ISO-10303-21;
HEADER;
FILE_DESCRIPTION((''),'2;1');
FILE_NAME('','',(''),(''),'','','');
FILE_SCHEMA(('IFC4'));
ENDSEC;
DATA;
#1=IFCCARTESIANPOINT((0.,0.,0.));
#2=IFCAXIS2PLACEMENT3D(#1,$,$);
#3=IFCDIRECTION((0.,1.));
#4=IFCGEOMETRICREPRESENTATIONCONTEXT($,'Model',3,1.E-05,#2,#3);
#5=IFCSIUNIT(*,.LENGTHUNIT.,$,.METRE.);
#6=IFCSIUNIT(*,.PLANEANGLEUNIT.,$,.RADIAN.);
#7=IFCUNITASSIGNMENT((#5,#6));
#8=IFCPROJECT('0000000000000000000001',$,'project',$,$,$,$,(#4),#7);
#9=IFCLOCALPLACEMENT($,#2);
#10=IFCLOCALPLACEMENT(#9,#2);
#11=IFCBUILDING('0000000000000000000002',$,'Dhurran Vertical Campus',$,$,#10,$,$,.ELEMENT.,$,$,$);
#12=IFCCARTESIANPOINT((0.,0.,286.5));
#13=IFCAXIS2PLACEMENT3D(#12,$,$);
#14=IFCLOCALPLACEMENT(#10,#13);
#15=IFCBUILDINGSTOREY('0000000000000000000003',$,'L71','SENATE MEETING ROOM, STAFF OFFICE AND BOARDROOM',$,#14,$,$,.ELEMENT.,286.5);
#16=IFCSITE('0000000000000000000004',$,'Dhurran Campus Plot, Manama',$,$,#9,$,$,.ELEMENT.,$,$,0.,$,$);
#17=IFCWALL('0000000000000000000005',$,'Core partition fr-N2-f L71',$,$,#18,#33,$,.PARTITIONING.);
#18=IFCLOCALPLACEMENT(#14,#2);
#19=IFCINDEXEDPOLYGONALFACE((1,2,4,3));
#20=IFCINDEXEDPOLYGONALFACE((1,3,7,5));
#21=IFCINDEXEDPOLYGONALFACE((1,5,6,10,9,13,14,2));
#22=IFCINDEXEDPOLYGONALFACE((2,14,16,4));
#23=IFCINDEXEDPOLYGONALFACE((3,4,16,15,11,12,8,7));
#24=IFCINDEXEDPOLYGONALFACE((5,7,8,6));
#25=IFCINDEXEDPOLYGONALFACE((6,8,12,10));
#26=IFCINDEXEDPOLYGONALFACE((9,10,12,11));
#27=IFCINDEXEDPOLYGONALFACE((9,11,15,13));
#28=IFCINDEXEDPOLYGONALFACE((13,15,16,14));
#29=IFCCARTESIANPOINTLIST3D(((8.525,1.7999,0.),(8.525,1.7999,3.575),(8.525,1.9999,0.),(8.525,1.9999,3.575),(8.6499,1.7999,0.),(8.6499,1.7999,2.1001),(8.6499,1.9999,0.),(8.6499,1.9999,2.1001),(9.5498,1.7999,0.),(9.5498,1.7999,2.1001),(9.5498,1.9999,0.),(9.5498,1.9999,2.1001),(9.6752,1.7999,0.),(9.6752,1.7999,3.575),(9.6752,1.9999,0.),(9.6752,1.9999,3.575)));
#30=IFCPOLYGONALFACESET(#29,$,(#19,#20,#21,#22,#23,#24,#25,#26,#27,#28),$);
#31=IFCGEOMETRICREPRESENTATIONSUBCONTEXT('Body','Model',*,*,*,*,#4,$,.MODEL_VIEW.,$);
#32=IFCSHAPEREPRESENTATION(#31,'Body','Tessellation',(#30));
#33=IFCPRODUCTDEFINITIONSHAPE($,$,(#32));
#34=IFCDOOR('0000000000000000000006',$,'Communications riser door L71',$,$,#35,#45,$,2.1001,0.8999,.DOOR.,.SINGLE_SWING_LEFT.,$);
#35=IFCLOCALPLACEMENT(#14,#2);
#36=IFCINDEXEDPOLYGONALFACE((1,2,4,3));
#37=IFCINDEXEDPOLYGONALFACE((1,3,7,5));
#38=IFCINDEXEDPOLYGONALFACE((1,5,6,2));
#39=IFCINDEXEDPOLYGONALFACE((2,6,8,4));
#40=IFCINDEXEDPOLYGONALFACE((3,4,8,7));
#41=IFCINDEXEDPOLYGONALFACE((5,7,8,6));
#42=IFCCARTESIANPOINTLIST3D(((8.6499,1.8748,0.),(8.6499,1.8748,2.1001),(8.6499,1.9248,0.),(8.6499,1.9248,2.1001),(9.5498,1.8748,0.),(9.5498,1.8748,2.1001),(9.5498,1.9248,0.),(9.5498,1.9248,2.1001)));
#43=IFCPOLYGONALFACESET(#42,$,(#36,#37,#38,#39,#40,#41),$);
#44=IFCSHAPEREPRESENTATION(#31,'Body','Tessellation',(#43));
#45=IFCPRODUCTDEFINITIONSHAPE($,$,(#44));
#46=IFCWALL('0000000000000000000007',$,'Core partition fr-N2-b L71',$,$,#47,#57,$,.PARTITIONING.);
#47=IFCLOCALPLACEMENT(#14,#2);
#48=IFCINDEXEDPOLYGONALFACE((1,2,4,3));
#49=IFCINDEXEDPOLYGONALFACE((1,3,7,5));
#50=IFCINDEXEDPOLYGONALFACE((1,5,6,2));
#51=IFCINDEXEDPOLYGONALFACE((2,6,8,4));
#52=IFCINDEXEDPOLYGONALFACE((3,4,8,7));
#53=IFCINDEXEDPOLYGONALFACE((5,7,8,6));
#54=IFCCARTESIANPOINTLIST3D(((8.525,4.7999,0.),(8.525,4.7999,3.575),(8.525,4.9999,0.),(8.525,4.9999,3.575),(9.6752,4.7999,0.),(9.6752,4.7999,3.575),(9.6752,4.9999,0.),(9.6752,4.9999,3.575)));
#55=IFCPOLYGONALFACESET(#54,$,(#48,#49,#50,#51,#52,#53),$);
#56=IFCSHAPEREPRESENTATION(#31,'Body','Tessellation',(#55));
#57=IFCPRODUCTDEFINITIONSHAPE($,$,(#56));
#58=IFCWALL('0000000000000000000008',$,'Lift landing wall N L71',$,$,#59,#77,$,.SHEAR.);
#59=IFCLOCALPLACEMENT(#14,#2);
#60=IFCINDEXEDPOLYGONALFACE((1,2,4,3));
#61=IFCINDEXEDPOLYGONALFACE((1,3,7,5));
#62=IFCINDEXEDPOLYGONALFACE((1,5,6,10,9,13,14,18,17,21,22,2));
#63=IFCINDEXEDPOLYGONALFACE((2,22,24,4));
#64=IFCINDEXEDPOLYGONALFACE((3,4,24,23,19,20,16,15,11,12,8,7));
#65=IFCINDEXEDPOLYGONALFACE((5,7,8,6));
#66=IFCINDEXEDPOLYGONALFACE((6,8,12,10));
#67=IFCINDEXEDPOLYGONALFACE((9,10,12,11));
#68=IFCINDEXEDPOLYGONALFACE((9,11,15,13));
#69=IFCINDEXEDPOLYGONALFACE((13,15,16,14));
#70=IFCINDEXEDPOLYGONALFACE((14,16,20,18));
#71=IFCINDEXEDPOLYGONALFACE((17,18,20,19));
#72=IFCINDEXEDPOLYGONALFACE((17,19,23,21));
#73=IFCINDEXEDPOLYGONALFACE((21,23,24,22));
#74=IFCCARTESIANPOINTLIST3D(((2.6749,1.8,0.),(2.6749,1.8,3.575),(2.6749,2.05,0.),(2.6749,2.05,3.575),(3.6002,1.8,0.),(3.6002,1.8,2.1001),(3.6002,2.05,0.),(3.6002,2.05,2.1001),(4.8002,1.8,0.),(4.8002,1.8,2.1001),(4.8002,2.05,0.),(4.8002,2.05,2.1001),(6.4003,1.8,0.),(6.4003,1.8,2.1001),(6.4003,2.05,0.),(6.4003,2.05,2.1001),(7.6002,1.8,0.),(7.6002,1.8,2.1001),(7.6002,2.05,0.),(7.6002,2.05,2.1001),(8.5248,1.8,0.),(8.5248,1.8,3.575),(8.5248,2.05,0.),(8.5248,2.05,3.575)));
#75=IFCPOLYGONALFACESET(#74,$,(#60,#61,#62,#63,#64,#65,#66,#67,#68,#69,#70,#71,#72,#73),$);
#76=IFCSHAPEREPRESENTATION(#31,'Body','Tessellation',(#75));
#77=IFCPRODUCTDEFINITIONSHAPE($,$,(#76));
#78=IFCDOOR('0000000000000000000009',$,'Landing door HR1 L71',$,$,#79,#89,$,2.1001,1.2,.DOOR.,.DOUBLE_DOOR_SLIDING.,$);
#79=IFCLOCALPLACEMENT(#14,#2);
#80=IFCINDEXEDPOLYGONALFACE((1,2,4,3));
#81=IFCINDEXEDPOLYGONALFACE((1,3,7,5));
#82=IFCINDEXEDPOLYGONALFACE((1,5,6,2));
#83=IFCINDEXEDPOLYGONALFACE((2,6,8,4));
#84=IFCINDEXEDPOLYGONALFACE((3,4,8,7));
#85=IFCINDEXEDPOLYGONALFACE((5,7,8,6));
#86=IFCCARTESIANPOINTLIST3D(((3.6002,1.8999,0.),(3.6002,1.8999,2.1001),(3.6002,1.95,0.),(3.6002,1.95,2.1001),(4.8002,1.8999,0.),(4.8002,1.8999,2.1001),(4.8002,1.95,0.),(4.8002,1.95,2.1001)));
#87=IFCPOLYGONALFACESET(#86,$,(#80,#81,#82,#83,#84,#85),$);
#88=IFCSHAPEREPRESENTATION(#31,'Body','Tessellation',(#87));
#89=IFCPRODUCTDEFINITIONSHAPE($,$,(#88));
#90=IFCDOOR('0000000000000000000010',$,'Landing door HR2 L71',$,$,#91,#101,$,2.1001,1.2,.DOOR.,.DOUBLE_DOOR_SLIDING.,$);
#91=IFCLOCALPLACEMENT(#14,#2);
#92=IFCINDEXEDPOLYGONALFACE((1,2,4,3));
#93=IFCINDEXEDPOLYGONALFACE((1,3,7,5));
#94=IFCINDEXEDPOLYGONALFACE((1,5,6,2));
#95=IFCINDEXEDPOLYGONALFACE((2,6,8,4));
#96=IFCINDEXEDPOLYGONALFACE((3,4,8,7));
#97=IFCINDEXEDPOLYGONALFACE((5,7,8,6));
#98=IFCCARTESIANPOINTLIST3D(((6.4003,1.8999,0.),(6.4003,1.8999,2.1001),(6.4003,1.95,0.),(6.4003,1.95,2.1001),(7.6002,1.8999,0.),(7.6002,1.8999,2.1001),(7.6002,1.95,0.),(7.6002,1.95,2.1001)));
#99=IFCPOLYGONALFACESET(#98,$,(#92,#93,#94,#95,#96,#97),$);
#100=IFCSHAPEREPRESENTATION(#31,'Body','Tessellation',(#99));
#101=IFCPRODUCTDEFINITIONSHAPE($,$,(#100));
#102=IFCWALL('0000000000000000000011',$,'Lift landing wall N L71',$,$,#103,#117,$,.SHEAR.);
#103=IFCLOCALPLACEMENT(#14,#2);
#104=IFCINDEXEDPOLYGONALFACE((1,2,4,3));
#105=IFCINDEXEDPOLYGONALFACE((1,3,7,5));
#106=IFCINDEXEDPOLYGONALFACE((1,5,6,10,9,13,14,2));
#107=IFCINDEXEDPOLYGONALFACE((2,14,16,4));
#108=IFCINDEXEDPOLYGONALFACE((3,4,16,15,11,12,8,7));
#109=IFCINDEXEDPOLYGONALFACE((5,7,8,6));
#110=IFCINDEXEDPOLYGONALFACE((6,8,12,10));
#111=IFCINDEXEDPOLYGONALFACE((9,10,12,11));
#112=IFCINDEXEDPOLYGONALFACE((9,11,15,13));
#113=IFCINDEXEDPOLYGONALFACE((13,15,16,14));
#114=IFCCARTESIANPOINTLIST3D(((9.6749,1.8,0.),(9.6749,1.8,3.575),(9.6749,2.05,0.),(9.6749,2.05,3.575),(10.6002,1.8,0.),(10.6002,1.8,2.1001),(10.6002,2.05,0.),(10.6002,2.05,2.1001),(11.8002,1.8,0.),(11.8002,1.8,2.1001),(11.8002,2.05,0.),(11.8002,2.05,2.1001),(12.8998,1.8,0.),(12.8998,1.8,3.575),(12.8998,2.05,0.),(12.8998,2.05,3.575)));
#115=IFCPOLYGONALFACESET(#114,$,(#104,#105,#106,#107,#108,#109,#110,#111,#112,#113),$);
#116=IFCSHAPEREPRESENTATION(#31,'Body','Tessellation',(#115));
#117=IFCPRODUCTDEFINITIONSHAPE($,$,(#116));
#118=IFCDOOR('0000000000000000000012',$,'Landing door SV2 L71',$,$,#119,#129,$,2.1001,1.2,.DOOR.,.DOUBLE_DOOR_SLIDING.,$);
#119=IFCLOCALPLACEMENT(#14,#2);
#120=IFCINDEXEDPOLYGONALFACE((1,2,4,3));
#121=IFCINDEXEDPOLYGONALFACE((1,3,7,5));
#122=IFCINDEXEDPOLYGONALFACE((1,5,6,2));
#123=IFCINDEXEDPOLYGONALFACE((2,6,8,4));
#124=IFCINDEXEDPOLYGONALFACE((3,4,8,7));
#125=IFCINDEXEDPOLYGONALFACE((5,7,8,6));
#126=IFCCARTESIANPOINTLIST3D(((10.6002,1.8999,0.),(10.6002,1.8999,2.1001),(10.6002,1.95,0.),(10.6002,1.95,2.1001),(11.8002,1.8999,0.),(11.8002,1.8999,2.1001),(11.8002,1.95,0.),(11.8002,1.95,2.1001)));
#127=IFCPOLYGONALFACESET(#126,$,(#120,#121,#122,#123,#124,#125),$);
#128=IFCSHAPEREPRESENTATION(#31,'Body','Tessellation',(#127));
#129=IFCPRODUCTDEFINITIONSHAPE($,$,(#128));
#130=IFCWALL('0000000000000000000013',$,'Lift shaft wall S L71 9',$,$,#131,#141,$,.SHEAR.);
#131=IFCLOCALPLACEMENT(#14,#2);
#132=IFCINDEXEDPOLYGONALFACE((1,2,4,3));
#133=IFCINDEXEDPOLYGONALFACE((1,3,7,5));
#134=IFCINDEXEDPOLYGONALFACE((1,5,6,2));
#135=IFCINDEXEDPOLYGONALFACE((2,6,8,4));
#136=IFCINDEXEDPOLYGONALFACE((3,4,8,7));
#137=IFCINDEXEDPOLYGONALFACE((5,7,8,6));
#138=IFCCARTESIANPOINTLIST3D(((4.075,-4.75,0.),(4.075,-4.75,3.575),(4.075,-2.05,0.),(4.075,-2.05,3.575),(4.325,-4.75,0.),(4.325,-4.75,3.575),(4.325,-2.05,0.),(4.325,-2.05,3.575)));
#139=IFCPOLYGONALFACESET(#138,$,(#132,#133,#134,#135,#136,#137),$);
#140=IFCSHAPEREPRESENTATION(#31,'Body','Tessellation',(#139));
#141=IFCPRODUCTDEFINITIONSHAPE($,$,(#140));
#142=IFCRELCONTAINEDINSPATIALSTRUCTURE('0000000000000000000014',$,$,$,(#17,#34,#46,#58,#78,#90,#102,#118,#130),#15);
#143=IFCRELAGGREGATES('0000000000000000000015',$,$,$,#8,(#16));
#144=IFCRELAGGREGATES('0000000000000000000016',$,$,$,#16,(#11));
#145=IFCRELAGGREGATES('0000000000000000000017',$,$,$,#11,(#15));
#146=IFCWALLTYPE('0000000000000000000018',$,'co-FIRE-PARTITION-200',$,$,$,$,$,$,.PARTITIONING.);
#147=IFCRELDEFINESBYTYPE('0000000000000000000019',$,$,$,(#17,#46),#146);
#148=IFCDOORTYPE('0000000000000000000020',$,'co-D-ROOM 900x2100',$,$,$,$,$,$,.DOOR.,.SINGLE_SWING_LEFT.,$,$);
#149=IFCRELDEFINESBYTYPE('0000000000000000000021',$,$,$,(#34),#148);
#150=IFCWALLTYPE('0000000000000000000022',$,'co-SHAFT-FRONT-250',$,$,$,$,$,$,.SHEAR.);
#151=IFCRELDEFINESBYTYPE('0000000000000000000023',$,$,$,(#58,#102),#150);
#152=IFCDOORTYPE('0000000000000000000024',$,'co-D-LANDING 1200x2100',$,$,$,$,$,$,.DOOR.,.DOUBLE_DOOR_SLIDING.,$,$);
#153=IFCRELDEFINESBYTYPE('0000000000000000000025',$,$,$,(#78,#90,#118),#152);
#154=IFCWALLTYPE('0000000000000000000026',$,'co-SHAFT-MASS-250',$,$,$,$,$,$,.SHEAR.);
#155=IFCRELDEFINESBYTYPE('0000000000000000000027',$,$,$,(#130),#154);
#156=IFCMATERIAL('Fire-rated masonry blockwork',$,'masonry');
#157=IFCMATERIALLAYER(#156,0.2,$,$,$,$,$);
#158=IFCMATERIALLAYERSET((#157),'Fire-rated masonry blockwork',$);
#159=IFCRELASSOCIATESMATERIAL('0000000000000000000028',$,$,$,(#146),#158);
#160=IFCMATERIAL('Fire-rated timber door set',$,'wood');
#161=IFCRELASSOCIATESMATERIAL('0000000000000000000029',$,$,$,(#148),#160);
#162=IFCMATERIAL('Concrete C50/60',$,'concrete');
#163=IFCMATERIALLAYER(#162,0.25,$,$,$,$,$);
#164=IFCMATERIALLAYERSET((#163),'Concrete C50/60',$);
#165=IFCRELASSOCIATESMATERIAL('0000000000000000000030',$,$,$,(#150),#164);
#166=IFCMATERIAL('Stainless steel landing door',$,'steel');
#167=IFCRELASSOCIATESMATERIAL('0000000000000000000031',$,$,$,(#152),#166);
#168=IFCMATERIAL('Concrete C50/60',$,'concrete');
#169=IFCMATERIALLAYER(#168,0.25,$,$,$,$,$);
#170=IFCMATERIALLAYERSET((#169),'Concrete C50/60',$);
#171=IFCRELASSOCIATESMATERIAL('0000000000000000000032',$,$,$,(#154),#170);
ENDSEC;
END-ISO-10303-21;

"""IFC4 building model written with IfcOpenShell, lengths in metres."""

from ifc_helpers import new_model, si_unit, direction, frame, frame_2d, origin, place, context, subcontext, project, spatial, polyline, rectangle, outline, extrude, material, layer, layer_set, type_object, element, fill, save


model = new_model("IFC4")

# Units and contexts
model_context = context("Model", 3, precision=1e-05, world=origin(), true_north=direction((0.0, 1.0)))
body_context = subcontext(model_context, "Body", "Model", "MODEL_VIEW")
ifc_project = project(units=[si_unit("LENGTHUNIT", "METRE"), si_unit("PLANEANGLEUNIT", "RADIAN")], contexts=[model_context])

# Site, building, storey
site_placement = place(None, origin())
site = spatial("IfcSite", under=ifc_project, at=site_placement, Name="Dhurran Campus Plot, Manama", CompositionType="ELEMENT", RefElevation=0.0)
building_placement = place(site_placement, origin())
building = spatial("IfcBuilding", under=site, at=building_placement, Name="Dhurran Vertical Campus", CompositionType="ELEMENT")
storey_placement = place(building_placement, frame((0.0, 0.0, 286.5)))
storey = spatial("IfcBuildingStorey", under=building, at=storey_placement, Name="L71", Description="SENATE MEETING ROOM, STAFF OFFICE AND BOARDROOM", CompositionType="ELEMENT", Elevation=286.5)

# Shared definitions
ifc_material_1 = material(Name="Fire-rated masonry blockwork", Category="masonry")
ifc_layer_1 = layer(ifc_material_1, 0.2)
ifc_layer_set_1 = layer_set([ifc_layer_1], Name="Fire-rated masonry blockwork")
wall_type_1 = type_object("IfcWallType", Name="co-FIRE-PARTITION-200", PredefinedType="PARTITIONING", material=ifc_layer_set_1)

# Shared definitions
ifc_material_2 = material(Name="Fire-rated timber door set", Category="wood")
door_type_1 = type_object("IfcDoorType", Name="co-D-ROOM 900x2100", OperationType="SINGLE_SWING_LEFT", PredefinedType="DOOR", material=ifc_material_2)

# Wall, opening, door
wall_1_placement = place(storey_placement, frame((8.5249, 1.8999, 0.0), z_axis=(0.0, 0.0, 1.0), x_axis=(1.0, 0.0, 0.0)))
wall_1 = element("IfcWall", 1, at=wall_1_placement, inside=storey, type_object=wall_type_1, Name="Core partition fr-N2-f L71", PredefinedType="PARTITIONING", context=body_context, shape_type="SweptSolid", body=[
    extrude(rectangle(XDim=1.1501, YDim=0.2, at=frame_2d((0.5752, 0.0))), origin(), (0.0, 0.0, 1.0), 3.575),
])
opening_1_placement = place(wall_1_placement, frame((0.125, 0.0, 0.0)))
opening_1 = element("IfcOpeningElement", 2, at=opening_1_placement, cuts=wall_1, PredefinedType="OPENING", context=body_context, shape_type="SweptSolid", body=[
    extrude(rectangle(XDim=0.8999, YDim=2.1001, at=frame_2d((0.45, 1.05))), frame((0.0, 0.1099, 0.0), z_axis=(0.0, -1.0, 0.0), x_axis=(1.0, 0.0, 0.0)), (0.0, 0.0, 1.0), 0.22),
])
door_1_placement = place(opening_1_placement, origin())
door_1 = element("IfcDoor", 3, at=door_1_placement, inside=storey, type_object=door_type_1, Name="Communications riser door L71", OperationType="SINGLE_SWING_LEFT", OverallHeight=2.1001, OverallWidth=0.8999, PredefinedType="DOOR", context=body_context, shape_type="SweptSolid", body=[
    extrude(rectangle(XDim=0.8999, YDim=2.1001, at=frame_2d((0.45, 1.05))), frame((0.0, 0.0249, 0.0), z_axis=(0.0, -1.0, 0.0), x_axis=(1.0, 0.0, 0.0)), (0.0, 0.0, 1.0), 0.05),
])
fill(opening_1, door_1)

# Wall
wall_2_placement = place(storey_placement, frame((8.5249, 4.8999, 0.0), z_axis=(0.0, 0.0, 1.0), x_axis=(1.0, 0.0, 0.0)))
element("IfcWall", 4, at=wall_2_placement, inside=storey, type_object=wall_type_1, Name="Core partition fr-N2-b L71", PredefinedType="PARTITIONING", context=body_context, shape_type="SweptSolid", body=[
    extrude(rectangle(XDim=1.1501, YDim=0.2, at=frame_2d((0.5752, 0.0))), origin(), (0.0, 0.0, 1.0), 3.575),
])

# Wall, openings, doors
ifc_material_3 = material(Name="Concrete C50/60", Category="concrete")
ifc_layer_2 = layer(ifc_material_3, 0.25)
ifc_layer_set_2 = layer_set([ifc_layer_2], Name="Concrete C50/60")
wall_type_2 = type_object("IfcWallType", Name="co-SHAFT-FRONT-250", PredefinedType="SHEAR", material=ifc_layer_set_2)
wall_3_placement = place(storey_placement, frame((2.675, 1.925, 0.0), z_axis=(0.0, 0.0, 1.0), x_axis=(1.0, 0.0, 0.0)))
wall_3 = element("IfcWall", 5, at=wall_3_placement, inside=storey, type_object=wall_type_2, Name="Lift landing wall N L71", PredefinedType="SHEAR", context=body_context, shape_type="SweptSolid", body=[
    extrude(rectangle(XDim=5.8499, YDim=0.25, at=frame_2d((2.9248, 0.0))), origin(), (0.0, 0.0, 1.0), 3.575),
])
opening_2_placement = place(wall_3_placement, frame((0.925, 0.0, 0.0)))
opening_2 = element("IfcOpeningElement", 6, at=opening_2_placement, cuts=wall_3, PredefinedType="OPENING", context=body_context, shape_type="SweptSolid", body=[
    extrude(rectangle(XDim=1.2, YDim=2.1001, at=frame_2d((0.6001, 1.05))), frame((0.0, 0.135, 0.0), z_axis=(0.0, -1.0, 0.0), x_axis=(1.0, 0.0, 0.0)), (0.0, 0.0, 1.0), 0.27),
])
opening_3_placement = place(wall_3_placement, frame((3.7251, 0.0, 0.0)))
opening_3 = element("IfcOpeningElement", 7, at=opening_3_placement, cuts=wall_3, PredefinedType="OPENING", context=body_context, shape_type="SweptSolid", body=[
    extrude(rectangle(XDim=1.2, YDim=2.1001, at=frame_2d((0.6001, 1.05))), frame((0.0, 0.135, 0.0), z_axis=(0.0, -1.0, 0.0), x_axis=(1.0, 0.0, 0.0)), (0.0, 0.0, 1.0), 0.27),
])
ifc_material_4 = material(Name="Stainless steel landing door", Category="steel")
door_type_2 = type_object("IfcDoorType", Name="co-D-LANDING 1200x2100", OperationType="DOUBLE_DOOR_SLIDING", PredefinedType="DOOR", material=ifc_material_4)
door_2_placement = place(opening_2_placement, origin())
door_2 = element("IfcDoor", 8, at=door_2_placement, inside=storey, type_object=door_type_2, Name="Landing door HR1 L71", OperationType="DOUBLE_DOOR_SLIDING", OverallHeight=2.1001, OverallWidth=1.2, PredefinedType="DOOR", context=body_context, shape_type="SweptSolid", body=[
    extrude(rectangle(XDim=1.2, YDim=2.1001, at=frame_2d((0.6001, 1.05))), frame((0.0, 0.0249, 0.0), z_axis=(0.0, -1.0, 0.0), x_axis=(1.0, 0.0, 0.0)), (0.0, 0.0, 1.0), 0.05),
])
fill(opening_2, door_2)
door_3_placement = place(opening_3_placement, origin())
door_3 = element("IfcDoor", 9, at=door_3_placement, inside=storey, type_object=door_type_2, Name="Landing door HR2 L71", OperationType="DOUBLE_DOOR_SLIDING", OverallHeight=2.1001, OverallWidth=1.2, PredefinedType="DOOR", context=body_context, shape_type="SweptSolid", body=[
    extrude(rectangle(XDim=1.2, YDim=2.1001, at=frame_2d((0.6001, 1.05))), frame((0.0, 0.0249, 0.0), z_axis=(0.0, -1.0, 0.0), x_axis=(1.0, 0.0, 0.0)), (0.0, 0.0, 1.0), 0.05),
])
fill(opening_3, door_3)

# Wall, opening, door
wall_4_placement = place(storey_placement, frame((9.675, 1.925, 0.0), z_axis=(0.0, 0.0, 1.0), x_axis=(1.0, 0.0, 0.0)))
wall_4 = element("IfcWall", 10, at=wall_4_placement, inside=storey, type_object=wall_type_2, Name="Lift landing wall N L71", PredefinedType="SHEAR", context=body_context, shape_type="SweptSolid", body=[
    extrude(rectangle(XDim=3.2249, YDim=0.25, at=frame_2d((1.6123, 0.0))), origin(), (0.0, 0.0, 1.0), 3.575),
])
opening_4_placement = place(wall_4_placement, frame((0.925, 0.0, 0.0)))
opening_4 = element("IfcOpeningElement", 11, at=opening_4_placement, cuts=wall_4, PredefinedType="OPENING", context=body_context, shape_type="SweptSolid", body=[
    extrude(rectangle(XDim=1.2, YDim=2.1001, at=frame_2d((0.6001, 1.05))), frame((0.0, 0.135, 0.0), z_axis=(0.0, -1.0, 0.0), x_axis=(1.0, 0.0, 0.0)), (0.0, 0.0, 1.0), 0.27),
])
door_4_placement = place(opening_4_placement, origin())
door_4 = element("IfcDoor", 12, at=door_4_placement, inside=storey, type_object=door_type_2, Name="Landing door SV2 L71", OperationType="DOUBLE_DOOR_SLIDING", OverallHeight=2.1001, OverallWidth=1.2, PredefinedType="DOOR", context=body_context, shape_type="SweptSolid", body=[
    extrude(rectangle(XDim=1.2, YDim=2.1001, at=frame_2d((0.6001, 1.05))), frame((0.0, 0.0249, 0.0), z_axis=(0.0, -1.0, 0.0), x_axis=(1.0, 0.0, 0.0)), (0.0, 0.0, 1.0), 0.05),
])
fill(opening_4, door_4)

# Wall
ifc_material_5 = material(Name="Concrete C50/60", Category="concrete")
ifc_layer_3 = layer(ifc_material_5, 0.25)
ifc_layer_set_3 = layer_set([ifc_layer_3], Name="Concrete C50/60")
wall_type_3 = type_object("IfcWallType", Name="co-SHAFT-MASS-250", PredefinedType="SHEAR", material=ifc_layer_set_3)
wall_5_placement = place(storey_placement, origin())
element("IfcWall", 13, at=wall_5_placement, inside=storey, type_object=wall_type_3, Name="Lift shaft wall S L71 9", PredefinedType="SHEAR", context=body_context, shape_type="SweptSolid", body=[
    extrude(outline(polyline([(4.075, -4.75), (4.325, -4.75), (4.325, -2.05), (4.075, -2.05), (4.075, -4.75)])), origin(), (0.0, 0.0, 1.0), 3.575),
])

save(model, "model.ifc")
